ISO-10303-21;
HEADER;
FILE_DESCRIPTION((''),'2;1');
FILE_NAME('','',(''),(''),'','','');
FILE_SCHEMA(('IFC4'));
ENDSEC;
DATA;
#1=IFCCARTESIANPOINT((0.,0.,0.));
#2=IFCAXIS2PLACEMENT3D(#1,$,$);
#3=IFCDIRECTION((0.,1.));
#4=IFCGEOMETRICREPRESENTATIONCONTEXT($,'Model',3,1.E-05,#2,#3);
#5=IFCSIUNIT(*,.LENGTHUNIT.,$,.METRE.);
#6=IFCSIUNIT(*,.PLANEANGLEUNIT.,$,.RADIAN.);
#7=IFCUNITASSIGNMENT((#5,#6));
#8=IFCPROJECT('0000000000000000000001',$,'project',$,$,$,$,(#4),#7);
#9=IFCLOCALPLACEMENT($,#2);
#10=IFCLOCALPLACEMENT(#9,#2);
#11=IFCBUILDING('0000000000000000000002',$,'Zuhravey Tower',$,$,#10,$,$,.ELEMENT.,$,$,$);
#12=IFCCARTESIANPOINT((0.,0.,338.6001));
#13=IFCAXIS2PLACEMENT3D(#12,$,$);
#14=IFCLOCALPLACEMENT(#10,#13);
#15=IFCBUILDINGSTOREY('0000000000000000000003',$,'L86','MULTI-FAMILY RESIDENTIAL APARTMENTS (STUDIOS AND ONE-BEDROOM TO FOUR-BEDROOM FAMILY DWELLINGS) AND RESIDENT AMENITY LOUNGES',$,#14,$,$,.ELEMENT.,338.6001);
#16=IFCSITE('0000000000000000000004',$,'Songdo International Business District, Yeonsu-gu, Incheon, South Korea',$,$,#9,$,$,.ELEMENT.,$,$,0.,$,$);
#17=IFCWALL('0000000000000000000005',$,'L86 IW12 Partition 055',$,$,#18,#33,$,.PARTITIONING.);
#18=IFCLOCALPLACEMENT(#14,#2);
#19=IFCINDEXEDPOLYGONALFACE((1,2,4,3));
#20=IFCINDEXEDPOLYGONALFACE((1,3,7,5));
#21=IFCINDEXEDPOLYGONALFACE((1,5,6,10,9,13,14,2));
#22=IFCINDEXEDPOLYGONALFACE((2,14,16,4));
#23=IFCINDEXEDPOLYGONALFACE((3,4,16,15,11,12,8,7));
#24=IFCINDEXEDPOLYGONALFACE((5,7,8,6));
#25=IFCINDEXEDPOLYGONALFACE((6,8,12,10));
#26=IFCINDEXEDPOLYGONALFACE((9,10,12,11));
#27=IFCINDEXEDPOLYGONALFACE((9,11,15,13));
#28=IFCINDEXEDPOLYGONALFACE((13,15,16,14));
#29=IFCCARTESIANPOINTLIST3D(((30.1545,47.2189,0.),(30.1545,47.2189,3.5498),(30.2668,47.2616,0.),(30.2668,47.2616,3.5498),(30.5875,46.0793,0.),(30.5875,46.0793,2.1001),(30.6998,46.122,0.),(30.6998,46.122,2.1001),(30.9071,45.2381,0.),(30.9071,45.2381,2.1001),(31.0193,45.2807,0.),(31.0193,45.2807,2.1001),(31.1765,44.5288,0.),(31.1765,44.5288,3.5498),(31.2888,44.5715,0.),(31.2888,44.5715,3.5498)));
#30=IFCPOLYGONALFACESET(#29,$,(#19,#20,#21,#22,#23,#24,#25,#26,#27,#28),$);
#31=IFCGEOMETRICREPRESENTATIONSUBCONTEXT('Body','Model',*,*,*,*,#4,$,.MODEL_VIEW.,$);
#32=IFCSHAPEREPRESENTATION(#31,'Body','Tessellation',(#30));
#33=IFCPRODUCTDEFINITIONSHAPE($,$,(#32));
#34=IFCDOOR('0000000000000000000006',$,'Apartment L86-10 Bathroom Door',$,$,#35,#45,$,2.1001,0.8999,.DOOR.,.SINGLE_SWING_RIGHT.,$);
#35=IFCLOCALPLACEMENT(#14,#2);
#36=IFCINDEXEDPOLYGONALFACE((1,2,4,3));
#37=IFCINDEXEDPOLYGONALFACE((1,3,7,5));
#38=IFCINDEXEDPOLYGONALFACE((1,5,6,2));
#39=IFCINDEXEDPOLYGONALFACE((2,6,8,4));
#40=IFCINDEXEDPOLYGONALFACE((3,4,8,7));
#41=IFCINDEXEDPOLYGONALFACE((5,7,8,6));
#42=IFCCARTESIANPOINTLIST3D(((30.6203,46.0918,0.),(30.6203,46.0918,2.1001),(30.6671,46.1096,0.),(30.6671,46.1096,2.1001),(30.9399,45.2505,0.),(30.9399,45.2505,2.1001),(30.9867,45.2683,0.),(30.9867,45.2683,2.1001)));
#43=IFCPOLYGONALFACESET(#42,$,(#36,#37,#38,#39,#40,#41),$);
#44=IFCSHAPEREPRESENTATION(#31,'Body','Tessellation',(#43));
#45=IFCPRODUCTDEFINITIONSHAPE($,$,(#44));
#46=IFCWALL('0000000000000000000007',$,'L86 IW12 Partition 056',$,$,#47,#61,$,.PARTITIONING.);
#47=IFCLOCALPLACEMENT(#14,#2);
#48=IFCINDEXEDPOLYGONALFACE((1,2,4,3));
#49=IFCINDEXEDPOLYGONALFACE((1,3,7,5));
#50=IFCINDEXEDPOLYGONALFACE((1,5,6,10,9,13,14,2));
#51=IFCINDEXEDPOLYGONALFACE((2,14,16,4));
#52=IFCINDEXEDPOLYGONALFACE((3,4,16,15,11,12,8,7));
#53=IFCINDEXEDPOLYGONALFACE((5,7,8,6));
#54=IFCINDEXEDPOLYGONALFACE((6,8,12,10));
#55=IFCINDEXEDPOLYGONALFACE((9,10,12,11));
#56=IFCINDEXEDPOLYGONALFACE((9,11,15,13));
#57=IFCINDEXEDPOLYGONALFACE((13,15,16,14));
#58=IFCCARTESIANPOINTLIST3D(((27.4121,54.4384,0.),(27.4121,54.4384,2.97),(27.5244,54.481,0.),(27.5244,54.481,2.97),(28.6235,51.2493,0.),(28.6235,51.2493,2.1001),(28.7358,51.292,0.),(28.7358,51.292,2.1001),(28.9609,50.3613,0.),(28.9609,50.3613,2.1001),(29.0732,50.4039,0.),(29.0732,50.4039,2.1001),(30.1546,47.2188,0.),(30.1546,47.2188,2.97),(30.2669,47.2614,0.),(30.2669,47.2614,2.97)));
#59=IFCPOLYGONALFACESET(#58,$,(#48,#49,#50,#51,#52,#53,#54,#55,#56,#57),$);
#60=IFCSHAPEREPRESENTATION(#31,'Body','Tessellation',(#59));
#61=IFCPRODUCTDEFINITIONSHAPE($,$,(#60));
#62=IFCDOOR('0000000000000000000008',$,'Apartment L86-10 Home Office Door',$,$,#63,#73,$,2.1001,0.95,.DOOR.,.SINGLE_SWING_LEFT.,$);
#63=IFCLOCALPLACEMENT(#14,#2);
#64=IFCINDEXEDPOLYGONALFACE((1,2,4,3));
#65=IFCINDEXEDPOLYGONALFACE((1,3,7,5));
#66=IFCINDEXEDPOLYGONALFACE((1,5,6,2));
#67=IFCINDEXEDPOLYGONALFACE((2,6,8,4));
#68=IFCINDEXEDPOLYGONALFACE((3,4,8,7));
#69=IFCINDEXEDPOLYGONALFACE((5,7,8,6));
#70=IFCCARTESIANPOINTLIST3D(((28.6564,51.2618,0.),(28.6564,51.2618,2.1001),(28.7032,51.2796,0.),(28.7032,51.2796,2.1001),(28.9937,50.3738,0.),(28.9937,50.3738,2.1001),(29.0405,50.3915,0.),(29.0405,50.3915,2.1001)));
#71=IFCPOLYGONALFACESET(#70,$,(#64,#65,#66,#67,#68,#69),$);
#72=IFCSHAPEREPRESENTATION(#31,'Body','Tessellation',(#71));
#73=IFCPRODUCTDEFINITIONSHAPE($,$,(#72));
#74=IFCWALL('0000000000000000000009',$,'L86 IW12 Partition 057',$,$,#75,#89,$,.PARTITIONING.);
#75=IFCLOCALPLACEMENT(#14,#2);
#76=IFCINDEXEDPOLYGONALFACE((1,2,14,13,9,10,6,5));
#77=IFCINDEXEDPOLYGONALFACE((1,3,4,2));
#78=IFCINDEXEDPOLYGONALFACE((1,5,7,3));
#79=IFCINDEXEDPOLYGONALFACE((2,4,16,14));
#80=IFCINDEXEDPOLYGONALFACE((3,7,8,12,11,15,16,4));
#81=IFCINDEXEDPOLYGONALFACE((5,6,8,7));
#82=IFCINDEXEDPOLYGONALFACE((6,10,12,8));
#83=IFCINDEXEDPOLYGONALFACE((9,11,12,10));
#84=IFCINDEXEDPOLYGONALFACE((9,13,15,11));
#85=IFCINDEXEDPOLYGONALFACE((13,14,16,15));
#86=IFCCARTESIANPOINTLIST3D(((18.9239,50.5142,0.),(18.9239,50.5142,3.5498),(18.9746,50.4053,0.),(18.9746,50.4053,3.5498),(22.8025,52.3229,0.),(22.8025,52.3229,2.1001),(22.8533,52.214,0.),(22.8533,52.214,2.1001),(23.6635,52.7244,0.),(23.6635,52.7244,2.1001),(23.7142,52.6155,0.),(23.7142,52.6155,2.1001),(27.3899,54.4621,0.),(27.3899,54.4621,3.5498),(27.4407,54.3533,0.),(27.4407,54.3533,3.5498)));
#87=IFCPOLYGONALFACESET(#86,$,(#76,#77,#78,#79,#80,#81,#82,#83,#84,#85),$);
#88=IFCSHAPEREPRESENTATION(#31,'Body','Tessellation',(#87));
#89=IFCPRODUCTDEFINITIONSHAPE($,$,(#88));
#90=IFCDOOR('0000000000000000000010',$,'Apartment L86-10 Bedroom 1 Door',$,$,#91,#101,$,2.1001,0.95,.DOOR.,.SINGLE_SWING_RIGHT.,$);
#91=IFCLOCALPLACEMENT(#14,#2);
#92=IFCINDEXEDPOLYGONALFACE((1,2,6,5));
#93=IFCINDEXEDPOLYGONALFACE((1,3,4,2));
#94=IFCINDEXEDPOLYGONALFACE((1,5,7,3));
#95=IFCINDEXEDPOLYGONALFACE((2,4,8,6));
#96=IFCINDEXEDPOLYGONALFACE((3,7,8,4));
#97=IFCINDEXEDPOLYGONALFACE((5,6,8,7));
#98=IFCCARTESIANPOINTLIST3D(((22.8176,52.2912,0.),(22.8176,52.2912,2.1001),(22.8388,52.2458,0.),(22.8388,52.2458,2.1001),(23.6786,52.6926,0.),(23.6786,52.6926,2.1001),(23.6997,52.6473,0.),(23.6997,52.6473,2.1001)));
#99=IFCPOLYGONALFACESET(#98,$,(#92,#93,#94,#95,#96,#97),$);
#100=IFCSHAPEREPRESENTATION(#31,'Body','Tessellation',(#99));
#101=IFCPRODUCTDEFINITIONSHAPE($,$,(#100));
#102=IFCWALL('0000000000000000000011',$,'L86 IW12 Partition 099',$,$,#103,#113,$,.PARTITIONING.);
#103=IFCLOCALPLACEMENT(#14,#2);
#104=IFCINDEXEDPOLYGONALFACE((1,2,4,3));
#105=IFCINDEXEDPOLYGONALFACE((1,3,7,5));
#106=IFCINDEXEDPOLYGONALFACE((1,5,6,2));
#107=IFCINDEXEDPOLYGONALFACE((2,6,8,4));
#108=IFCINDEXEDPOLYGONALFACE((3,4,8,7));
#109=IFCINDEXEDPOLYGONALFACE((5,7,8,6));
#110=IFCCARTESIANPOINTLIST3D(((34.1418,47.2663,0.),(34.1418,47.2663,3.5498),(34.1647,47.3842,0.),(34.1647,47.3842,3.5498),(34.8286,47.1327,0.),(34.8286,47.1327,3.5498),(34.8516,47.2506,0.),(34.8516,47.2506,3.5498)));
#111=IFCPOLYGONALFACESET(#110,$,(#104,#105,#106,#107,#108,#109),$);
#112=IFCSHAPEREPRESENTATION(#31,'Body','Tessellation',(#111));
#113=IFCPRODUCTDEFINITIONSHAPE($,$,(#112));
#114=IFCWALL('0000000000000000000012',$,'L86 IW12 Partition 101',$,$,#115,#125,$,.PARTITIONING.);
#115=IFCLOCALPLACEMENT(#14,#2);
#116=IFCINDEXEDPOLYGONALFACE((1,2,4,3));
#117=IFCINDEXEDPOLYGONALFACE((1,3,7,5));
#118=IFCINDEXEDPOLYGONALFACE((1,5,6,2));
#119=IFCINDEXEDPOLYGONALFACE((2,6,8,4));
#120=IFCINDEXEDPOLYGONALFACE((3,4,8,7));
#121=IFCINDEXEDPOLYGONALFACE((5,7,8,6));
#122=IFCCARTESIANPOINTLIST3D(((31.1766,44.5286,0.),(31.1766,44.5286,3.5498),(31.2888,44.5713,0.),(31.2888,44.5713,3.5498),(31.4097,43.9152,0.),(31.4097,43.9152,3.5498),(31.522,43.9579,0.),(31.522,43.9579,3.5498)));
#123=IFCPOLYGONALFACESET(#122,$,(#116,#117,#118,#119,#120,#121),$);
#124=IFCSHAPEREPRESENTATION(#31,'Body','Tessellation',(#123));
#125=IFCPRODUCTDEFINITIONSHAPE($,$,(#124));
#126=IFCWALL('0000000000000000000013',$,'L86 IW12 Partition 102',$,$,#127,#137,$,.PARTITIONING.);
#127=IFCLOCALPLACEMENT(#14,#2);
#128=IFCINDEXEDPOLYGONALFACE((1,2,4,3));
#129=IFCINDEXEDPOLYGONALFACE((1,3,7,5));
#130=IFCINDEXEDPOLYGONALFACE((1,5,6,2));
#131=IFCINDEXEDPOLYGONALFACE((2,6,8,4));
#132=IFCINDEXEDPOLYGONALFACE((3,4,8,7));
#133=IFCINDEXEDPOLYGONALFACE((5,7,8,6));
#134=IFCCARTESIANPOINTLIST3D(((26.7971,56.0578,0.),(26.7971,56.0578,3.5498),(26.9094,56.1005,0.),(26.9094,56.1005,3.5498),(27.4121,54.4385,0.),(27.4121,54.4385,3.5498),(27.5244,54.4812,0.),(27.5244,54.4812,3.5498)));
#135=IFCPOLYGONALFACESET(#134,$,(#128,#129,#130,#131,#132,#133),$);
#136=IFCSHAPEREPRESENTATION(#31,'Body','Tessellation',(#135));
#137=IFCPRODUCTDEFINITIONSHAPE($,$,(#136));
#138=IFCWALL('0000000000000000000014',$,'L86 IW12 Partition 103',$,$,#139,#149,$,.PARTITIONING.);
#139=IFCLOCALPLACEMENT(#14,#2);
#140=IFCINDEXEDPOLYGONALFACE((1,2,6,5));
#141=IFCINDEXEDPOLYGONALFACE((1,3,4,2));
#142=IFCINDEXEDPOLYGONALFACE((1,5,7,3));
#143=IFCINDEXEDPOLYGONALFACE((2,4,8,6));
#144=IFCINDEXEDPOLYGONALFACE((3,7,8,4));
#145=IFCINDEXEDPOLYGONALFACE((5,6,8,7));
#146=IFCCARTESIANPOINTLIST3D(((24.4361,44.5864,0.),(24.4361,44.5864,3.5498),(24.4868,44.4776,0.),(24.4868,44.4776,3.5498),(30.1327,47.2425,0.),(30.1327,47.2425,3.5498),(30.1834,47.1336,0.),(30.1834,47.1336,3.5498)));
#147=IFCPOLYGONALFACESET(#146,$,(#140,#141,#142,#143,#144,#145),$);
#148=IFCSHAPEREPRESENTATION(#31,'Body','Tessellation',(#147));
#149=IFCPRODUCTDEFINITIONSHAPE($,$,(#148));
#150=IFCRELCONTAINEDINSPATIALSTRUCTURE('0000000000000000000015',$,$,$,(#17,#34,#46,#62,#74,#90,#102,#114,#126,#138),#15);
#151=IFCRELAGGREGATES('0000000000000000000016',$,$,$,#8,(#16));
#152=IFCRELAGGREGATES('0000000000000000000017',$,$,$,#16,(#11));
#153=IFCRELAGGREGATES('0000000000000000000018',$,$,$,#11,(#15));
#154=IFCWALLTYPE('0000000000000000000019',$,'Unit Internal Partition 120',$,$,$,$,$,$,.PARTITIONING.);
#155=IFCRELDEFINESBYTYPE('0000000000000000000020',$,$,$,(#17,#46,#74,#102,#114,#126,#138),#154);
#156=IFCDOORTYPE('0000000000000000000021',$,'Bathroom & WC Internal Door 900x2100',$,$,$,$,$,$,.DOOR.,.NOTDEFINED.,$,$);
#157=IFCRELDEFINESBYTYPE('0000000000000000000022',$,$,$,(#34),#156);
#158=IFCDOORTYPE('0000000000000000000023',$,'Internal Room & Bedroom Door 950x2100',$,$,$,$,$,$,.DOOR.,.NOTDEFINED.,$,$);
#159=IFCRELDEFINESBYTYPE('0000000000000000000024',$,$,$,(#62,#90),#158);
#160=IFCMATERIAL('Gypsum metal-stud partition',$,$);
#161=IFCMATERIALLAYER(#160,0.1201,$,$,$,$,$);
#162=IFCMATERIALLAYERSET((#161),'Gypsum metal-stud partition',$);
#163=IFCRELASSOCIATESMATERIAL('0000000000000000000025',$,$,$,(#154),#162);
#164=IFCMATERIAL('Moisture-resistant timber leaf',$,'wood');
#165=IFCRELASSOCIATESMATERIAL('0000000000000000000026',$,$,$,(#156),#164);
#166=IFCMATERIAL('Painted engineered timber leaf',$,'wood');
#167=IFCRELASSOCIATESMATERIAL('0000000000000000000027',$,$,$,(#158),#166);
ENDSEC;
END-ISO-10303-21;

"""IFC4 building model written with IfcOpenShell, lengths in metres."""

from ifc_helpers import new_model, si_unit, direction, frame, frame_2d, origin, place, context, subcontext, project, spatial, rectangle, extrude, material, layer, layer_set, type_object, element, fill, save


model = new_model("IFC4")

# Units and contexts
model_context = context("Model", 3, precision=1e-05, world=origin(), true_north=direction((0.0, 1.0)))
body_context = subcontext(model_context, "Body", "Model", "MODEL_VIEW")
ifc_project = project(units=[si_unit("LENGTHUNIT", "METRE"), si_unit("PLANEANGLEUNIT", "RADIAN")], contexts=[model_context])

# Site, building, storey
site_placement = place(None, origin())
site = spatial("IfcSite", under=ifc_project, at=site_placement, Name="Songdo International Business District, Yeonsu-gu, Incheon, South Korea", CompositionType="ELEMENT", RefElevation=0.0)
building_placement = place(site_placement, origin())
building = spatial("IfcBuilding", under=site, at=building_placement, Name="Zuhravey Tower", CompositionType="ELEMENT")
storey_placement = place(building_placement, frame((0.0, 0.0, 338.6001)))
storey = spatial("IfcBuildingStorey", under=building, at=storey_placement, Name="L86", Description="MULTI-FAMILY RESIDENTIAL APARTMENTS (STUDIOS AND ONE-BEDROOM TO FOUR-BEDROOM FAMILY DWELLINGS) AND RESIDENT AMENITY LOUNGES", CompositionType="ELEMENT", Elevation=338.6001)

# Walls, openings, doors
ifc_material_1 = material(Name="Gypsum metal-stud partition")
ifc_layer_1 = layer(ifc_material_1, 0.1201)
ifc_layer_set_1 = layer_set([ifc_layer_1], Name="Gypsum metal-stud partition")
wall_type_1 = type_object("IfcWallType", Name="Unit Internal Partition 120", PredefinedType="PARTITIONING", material=ifc_layer_set_1)
wall_1_placement = place(storey_placement, frame((31.2327, 44.55, 0.0), z_axis=(0.0, 0.0, 1.0), x_axis=(-0.355127, 0.934818, 0.0)))
wall_1 = element("IfcWall", 1, at=wall_1_placement, inside=storey, type_object=wall_type_1, Name="L86 IW12 Partition 055", PredefinedType="PARTITIONING", context=body_context, shape_type="SweptSolid", body=[
    extrude(rectangle(XDim=2.8777, YDim=0.1201, at=frame_2d((1.439, 0.0))), origin(), (0.0, 0.0, 1.0), 3.5498),
])
opening_1_placement = place(wall_1_placement, frame((0.7588, 0.0, 0.0)))
opening_1 = element("IfcOpeningElement", 2, at=opening_1_placement, cuts=wall_1, PredefinedType="OPENING", context=body_context, shape_type="SweptSolid", body=[
    extrude(rectangle(XDim=0.8999, YDim=2.1001, at=frame_2d((0.45, 1.05))), frame((0.0, 0.072, 0.0), z_axis=(0.0, -1.0, 0.0), x_axis=(1.0, 0.0, 0.0)), (0.0, 0.0, 1.0), 0.144),
])
ifc_material_2 = material(Name="Moisture-resistant timber leaf", Category="wood")
door_type_1 = type_object("IfcDoorType", Name="Bathroom & WC Internal Door 900x2100", OperationType="NOTDEFINED", PredefinedType="DOOR", material=ifc_material_2)
door_1_placement = place(opening_1_placement, origin())
door_1 = element("IfcDoor", 3, at=door_1_placement, inside=storey, type_object=door_type_1, Name="Apartment L86-10 Bathroom Door", OperationType="SINGLE_SWING_RIGHT", OverallHeight=2.1001, OverallWidth=0.8999, PredefinedType="DOOR", context=body_context, shape_type="SweptSolid", body=[
    extrude(rectangle(XDim=0.8999, YDim=2.1001, at=frame_2d((0.45, 1.05))), frame((0.0, 0.0249, 0.0), z_axis=(0.0, -1.0, 0.0), x_axis=(1.0, 0.0, 0.0)), (0.0, 0.0, 1.0), 0.05),
])
fill(opening_1, door_1)
wall_2_placement = place(storey_placement, frame((30.2107, 47.2402, 0.0), z_axis=(0.0, 0.0, 1.0), x_axis=(-0.355108, 0.934825, 0.0)))
wall_2 = element("IfcWall", 4, at=wall_2_placement, inside=storey, type_object=wall_type_1, Name="L86 IW12 Partition 056", PredefinedType="PARTITIONING", context=body_context, shape_type="SweptSolid", body=[
    extrude(rectangle(XDim=7.7229, YDim=0.1201, at=frame_2d((3.8613, 0.0))), origin(), (0.0, 0.0, 1.0), 2.97),
])
opening_2_placement = place(wall_2_placement, frame((3.3613, 0.0, 0.0)))
opening_2 = element("IfcOpeningElement", 5, at=opening_2_placement, cuts=wall_2, PredefinedType="OPENING", context=body_context, shape_type="SweptSolid", body=[
    extrude(rectangle(XDim=0.95, YDim=2.1001, at=frame_2d((0.4751, 1.05))), frame((0.0, 0.072, 0.0), z_axis=(0.0, -1.0, 0.0), x_axis=(1.0, 0.0, 0.0)), (0.0, 0.0, 1.0), 0.144),
])
ifc_material_3 = material(Name="Painted engineered timber leaf", Category="wood")
door_type_2 = type_object("IfcDoorType", Name="Internal Room & Bedroom Door 950x2100", OperationType="NOTDEFINED", PredefinedType="DOOR", material=ifc_material_3)
door_2_placement = place(opening_2_placement, origin())
door_2 = element("IfcDoor", 6, at=door_2_placement, inside=storey, type_object=door_type_2, Name="Apartment L86-10 Home Office Door", OperationType="SINGLE_SWING_LEFT", OverallHeight=2.1001, OverallWidth=0.95, PredefinedType="DOOR", context=body_context, shape_type="SweptSolid", body=[
    extrude(rectangle(XDim=0.95, YDim=2.1001, at=frame_2d((0.4751, 1.05))), frame((0.0, 0.0249, 0.0), z_axis=(0.0, -1.0, 0.0), x_axis=(1.0, 0.0, 0.0)), (0.0, 0.0, 1.0), 0.05),
])
fill(opening_2, door_2)
wall_3_placement = place(storey_placement, frame((27.4153, 54.4077, 0.0), z_axis=(0.0, 0.0, 1.0), x_axis=(-0.906299, -0.422636, 0.0)))
wall_3 = element("IfcWall", 7, at=wall_3_placement, inside=storey, type_object=wall_type_1, Name="L86 IW12 Partition 057", PredefinedType="PARTITIONING", context=body_context, shape_type="SweptSolid", body=[
    extrude(rectangle(XDim=9.3413, YDim=0.1201, at=frame_2d((4.6707, 0.0))), origin(), (0.0, 0.0, 1.0), 3.5498),
])
opening_3_placement = place(wall_3_placement, frame((4.1116, 0.0, 0.0)))
opening_3 = element("IfcOpeningElement", 8, at=opening_3_placement, cuts=wall_3, PredefinedType="OPENING", context=body_context, shape_type="SweptSolid", body=[
    extrude(rectangle(XDim=0.95, YDim=2.1001, at=frame_2d((0.4751, 1.05))), frame((0.0, 0.072, 0.0), z_axis=(0.0, -1.0, 0.0), x_axis=(1.0, 0.0, 0.0)), (0.0, 0.0, 1.0), 0.144),
])
door_3_placement = place(opening_3_placement, frame((0.95, 0.0, 0.0), z_axis=(0.0, 0.0, 1.0), x_axis=(-1.0, 0.0, 0.0)))
door_3 = element("IfcDoor", 9, at=door_3_placement, inside=storey, type_object=door_type_2, Name="Apartment L86-10 Bedroom 1 Door", OperationType="SINGLE_SWING_RIGHT", OverallHeight=2.1001, OverallWidth=0.95, PredefinedType="DOOR", context=body_context, shape_type="SweptSolid", body=[
    extrude(rectangle(XDim=0.95, YDim=2.1001, at=frame_2d((0.4751, 1.05))), frame((0.0, 0.0249, 0.0), z_axis=(0.0, -1.0, 0.0), x_axis=(1.0, 0.0, 0.0)), (0.0, 0.0, 1.0), 0.05),
])
fill(opening_3, door_3)

# Walls
wall_4_placement = place(storey_placement, frame((34.8401, 47.1917, 0.0), z_axis=(0.0, 0.0, 1.0), x_axis=(-0.981614, 0.190879, 0.0)))
element("IfcWall", 10, at=wall_4_placement, inside=storey, type_object=wall_type_1, Name="L86 IW12 Partition 099", PredefinedType="PARTITIONING", context=body_context, shape_type="SweptSolid", body=[
    extrude(rectangle(XDim=0.6997, YDim=0.1201, at=frame_2d((0.3499, 0.0))), origin(), (0.0, 0.0, 1.0), 3.5498),
])
wall_5_placement = place(storey_placement, frame((31.4658, 43.9365, 0.0), z_axis=(0.0, 0.0, 1.0), x_axis=(-0.355237, 0.934776, 0.0)))
element("IfcWall", 11, at=wall_5_placement, inside=storey, type_object=wall_type_1, Name="L86 IW12 Partition 101", PredefinedType="PARTITIONING", context=body_context, shape_type="SweptSolid", body=[
    extrude(rectangle(XDim=0.6562, YDim=0.1201, at=frame_2d((0.3281, 0.0))), origin(), (0.0, 0.0, 1.0), 3.5498),
])
wall_6_placement = place(storey_placement, frame((27.4683, 54.4597, 0.0), z_axis=(0.0, 0.0, 1.0), x_axis=(-0.355028, 0.934856, 0.0)))
element("IfcWall", 12, at=wall_6_placement, inside=storey, type_object=wall_type_1, Name="L86 IW12 Partition 102", PredefinedType="PARTITIONING", context=body_context, shape_type="SweptSolid", body=[
    extrude(rectangle(XDim=1.7322, YDim=0.1201, at=frame_2d((0.8662, 0.0))), origin(), (0.0, 0.0, 1.0), 3.5498),
])
wall_7_placement = place(storey_placement, frame((30.158, 47.188, 0.0), z_axis=(0.0, 0.0, 1.0), x_axis=(-0.906328, -0.422575, 0.0)))
element("IfcWall", 13, at=wall_7_placement, inside=storey, type_object=wall_type_1, Name="L86 IW12 Partition 103", PredefinedType="PARTITIONING", context=body_context, shape_type="SweptSolid", body=[
    extrude(rectangle(XDim=6.2854, YDim=0.1201, at=frame_2d((3.1426, 0.0))), origin(), (0.0, 0.0, 1.0), 3.5498),
])

save(model, "model.ifc")
